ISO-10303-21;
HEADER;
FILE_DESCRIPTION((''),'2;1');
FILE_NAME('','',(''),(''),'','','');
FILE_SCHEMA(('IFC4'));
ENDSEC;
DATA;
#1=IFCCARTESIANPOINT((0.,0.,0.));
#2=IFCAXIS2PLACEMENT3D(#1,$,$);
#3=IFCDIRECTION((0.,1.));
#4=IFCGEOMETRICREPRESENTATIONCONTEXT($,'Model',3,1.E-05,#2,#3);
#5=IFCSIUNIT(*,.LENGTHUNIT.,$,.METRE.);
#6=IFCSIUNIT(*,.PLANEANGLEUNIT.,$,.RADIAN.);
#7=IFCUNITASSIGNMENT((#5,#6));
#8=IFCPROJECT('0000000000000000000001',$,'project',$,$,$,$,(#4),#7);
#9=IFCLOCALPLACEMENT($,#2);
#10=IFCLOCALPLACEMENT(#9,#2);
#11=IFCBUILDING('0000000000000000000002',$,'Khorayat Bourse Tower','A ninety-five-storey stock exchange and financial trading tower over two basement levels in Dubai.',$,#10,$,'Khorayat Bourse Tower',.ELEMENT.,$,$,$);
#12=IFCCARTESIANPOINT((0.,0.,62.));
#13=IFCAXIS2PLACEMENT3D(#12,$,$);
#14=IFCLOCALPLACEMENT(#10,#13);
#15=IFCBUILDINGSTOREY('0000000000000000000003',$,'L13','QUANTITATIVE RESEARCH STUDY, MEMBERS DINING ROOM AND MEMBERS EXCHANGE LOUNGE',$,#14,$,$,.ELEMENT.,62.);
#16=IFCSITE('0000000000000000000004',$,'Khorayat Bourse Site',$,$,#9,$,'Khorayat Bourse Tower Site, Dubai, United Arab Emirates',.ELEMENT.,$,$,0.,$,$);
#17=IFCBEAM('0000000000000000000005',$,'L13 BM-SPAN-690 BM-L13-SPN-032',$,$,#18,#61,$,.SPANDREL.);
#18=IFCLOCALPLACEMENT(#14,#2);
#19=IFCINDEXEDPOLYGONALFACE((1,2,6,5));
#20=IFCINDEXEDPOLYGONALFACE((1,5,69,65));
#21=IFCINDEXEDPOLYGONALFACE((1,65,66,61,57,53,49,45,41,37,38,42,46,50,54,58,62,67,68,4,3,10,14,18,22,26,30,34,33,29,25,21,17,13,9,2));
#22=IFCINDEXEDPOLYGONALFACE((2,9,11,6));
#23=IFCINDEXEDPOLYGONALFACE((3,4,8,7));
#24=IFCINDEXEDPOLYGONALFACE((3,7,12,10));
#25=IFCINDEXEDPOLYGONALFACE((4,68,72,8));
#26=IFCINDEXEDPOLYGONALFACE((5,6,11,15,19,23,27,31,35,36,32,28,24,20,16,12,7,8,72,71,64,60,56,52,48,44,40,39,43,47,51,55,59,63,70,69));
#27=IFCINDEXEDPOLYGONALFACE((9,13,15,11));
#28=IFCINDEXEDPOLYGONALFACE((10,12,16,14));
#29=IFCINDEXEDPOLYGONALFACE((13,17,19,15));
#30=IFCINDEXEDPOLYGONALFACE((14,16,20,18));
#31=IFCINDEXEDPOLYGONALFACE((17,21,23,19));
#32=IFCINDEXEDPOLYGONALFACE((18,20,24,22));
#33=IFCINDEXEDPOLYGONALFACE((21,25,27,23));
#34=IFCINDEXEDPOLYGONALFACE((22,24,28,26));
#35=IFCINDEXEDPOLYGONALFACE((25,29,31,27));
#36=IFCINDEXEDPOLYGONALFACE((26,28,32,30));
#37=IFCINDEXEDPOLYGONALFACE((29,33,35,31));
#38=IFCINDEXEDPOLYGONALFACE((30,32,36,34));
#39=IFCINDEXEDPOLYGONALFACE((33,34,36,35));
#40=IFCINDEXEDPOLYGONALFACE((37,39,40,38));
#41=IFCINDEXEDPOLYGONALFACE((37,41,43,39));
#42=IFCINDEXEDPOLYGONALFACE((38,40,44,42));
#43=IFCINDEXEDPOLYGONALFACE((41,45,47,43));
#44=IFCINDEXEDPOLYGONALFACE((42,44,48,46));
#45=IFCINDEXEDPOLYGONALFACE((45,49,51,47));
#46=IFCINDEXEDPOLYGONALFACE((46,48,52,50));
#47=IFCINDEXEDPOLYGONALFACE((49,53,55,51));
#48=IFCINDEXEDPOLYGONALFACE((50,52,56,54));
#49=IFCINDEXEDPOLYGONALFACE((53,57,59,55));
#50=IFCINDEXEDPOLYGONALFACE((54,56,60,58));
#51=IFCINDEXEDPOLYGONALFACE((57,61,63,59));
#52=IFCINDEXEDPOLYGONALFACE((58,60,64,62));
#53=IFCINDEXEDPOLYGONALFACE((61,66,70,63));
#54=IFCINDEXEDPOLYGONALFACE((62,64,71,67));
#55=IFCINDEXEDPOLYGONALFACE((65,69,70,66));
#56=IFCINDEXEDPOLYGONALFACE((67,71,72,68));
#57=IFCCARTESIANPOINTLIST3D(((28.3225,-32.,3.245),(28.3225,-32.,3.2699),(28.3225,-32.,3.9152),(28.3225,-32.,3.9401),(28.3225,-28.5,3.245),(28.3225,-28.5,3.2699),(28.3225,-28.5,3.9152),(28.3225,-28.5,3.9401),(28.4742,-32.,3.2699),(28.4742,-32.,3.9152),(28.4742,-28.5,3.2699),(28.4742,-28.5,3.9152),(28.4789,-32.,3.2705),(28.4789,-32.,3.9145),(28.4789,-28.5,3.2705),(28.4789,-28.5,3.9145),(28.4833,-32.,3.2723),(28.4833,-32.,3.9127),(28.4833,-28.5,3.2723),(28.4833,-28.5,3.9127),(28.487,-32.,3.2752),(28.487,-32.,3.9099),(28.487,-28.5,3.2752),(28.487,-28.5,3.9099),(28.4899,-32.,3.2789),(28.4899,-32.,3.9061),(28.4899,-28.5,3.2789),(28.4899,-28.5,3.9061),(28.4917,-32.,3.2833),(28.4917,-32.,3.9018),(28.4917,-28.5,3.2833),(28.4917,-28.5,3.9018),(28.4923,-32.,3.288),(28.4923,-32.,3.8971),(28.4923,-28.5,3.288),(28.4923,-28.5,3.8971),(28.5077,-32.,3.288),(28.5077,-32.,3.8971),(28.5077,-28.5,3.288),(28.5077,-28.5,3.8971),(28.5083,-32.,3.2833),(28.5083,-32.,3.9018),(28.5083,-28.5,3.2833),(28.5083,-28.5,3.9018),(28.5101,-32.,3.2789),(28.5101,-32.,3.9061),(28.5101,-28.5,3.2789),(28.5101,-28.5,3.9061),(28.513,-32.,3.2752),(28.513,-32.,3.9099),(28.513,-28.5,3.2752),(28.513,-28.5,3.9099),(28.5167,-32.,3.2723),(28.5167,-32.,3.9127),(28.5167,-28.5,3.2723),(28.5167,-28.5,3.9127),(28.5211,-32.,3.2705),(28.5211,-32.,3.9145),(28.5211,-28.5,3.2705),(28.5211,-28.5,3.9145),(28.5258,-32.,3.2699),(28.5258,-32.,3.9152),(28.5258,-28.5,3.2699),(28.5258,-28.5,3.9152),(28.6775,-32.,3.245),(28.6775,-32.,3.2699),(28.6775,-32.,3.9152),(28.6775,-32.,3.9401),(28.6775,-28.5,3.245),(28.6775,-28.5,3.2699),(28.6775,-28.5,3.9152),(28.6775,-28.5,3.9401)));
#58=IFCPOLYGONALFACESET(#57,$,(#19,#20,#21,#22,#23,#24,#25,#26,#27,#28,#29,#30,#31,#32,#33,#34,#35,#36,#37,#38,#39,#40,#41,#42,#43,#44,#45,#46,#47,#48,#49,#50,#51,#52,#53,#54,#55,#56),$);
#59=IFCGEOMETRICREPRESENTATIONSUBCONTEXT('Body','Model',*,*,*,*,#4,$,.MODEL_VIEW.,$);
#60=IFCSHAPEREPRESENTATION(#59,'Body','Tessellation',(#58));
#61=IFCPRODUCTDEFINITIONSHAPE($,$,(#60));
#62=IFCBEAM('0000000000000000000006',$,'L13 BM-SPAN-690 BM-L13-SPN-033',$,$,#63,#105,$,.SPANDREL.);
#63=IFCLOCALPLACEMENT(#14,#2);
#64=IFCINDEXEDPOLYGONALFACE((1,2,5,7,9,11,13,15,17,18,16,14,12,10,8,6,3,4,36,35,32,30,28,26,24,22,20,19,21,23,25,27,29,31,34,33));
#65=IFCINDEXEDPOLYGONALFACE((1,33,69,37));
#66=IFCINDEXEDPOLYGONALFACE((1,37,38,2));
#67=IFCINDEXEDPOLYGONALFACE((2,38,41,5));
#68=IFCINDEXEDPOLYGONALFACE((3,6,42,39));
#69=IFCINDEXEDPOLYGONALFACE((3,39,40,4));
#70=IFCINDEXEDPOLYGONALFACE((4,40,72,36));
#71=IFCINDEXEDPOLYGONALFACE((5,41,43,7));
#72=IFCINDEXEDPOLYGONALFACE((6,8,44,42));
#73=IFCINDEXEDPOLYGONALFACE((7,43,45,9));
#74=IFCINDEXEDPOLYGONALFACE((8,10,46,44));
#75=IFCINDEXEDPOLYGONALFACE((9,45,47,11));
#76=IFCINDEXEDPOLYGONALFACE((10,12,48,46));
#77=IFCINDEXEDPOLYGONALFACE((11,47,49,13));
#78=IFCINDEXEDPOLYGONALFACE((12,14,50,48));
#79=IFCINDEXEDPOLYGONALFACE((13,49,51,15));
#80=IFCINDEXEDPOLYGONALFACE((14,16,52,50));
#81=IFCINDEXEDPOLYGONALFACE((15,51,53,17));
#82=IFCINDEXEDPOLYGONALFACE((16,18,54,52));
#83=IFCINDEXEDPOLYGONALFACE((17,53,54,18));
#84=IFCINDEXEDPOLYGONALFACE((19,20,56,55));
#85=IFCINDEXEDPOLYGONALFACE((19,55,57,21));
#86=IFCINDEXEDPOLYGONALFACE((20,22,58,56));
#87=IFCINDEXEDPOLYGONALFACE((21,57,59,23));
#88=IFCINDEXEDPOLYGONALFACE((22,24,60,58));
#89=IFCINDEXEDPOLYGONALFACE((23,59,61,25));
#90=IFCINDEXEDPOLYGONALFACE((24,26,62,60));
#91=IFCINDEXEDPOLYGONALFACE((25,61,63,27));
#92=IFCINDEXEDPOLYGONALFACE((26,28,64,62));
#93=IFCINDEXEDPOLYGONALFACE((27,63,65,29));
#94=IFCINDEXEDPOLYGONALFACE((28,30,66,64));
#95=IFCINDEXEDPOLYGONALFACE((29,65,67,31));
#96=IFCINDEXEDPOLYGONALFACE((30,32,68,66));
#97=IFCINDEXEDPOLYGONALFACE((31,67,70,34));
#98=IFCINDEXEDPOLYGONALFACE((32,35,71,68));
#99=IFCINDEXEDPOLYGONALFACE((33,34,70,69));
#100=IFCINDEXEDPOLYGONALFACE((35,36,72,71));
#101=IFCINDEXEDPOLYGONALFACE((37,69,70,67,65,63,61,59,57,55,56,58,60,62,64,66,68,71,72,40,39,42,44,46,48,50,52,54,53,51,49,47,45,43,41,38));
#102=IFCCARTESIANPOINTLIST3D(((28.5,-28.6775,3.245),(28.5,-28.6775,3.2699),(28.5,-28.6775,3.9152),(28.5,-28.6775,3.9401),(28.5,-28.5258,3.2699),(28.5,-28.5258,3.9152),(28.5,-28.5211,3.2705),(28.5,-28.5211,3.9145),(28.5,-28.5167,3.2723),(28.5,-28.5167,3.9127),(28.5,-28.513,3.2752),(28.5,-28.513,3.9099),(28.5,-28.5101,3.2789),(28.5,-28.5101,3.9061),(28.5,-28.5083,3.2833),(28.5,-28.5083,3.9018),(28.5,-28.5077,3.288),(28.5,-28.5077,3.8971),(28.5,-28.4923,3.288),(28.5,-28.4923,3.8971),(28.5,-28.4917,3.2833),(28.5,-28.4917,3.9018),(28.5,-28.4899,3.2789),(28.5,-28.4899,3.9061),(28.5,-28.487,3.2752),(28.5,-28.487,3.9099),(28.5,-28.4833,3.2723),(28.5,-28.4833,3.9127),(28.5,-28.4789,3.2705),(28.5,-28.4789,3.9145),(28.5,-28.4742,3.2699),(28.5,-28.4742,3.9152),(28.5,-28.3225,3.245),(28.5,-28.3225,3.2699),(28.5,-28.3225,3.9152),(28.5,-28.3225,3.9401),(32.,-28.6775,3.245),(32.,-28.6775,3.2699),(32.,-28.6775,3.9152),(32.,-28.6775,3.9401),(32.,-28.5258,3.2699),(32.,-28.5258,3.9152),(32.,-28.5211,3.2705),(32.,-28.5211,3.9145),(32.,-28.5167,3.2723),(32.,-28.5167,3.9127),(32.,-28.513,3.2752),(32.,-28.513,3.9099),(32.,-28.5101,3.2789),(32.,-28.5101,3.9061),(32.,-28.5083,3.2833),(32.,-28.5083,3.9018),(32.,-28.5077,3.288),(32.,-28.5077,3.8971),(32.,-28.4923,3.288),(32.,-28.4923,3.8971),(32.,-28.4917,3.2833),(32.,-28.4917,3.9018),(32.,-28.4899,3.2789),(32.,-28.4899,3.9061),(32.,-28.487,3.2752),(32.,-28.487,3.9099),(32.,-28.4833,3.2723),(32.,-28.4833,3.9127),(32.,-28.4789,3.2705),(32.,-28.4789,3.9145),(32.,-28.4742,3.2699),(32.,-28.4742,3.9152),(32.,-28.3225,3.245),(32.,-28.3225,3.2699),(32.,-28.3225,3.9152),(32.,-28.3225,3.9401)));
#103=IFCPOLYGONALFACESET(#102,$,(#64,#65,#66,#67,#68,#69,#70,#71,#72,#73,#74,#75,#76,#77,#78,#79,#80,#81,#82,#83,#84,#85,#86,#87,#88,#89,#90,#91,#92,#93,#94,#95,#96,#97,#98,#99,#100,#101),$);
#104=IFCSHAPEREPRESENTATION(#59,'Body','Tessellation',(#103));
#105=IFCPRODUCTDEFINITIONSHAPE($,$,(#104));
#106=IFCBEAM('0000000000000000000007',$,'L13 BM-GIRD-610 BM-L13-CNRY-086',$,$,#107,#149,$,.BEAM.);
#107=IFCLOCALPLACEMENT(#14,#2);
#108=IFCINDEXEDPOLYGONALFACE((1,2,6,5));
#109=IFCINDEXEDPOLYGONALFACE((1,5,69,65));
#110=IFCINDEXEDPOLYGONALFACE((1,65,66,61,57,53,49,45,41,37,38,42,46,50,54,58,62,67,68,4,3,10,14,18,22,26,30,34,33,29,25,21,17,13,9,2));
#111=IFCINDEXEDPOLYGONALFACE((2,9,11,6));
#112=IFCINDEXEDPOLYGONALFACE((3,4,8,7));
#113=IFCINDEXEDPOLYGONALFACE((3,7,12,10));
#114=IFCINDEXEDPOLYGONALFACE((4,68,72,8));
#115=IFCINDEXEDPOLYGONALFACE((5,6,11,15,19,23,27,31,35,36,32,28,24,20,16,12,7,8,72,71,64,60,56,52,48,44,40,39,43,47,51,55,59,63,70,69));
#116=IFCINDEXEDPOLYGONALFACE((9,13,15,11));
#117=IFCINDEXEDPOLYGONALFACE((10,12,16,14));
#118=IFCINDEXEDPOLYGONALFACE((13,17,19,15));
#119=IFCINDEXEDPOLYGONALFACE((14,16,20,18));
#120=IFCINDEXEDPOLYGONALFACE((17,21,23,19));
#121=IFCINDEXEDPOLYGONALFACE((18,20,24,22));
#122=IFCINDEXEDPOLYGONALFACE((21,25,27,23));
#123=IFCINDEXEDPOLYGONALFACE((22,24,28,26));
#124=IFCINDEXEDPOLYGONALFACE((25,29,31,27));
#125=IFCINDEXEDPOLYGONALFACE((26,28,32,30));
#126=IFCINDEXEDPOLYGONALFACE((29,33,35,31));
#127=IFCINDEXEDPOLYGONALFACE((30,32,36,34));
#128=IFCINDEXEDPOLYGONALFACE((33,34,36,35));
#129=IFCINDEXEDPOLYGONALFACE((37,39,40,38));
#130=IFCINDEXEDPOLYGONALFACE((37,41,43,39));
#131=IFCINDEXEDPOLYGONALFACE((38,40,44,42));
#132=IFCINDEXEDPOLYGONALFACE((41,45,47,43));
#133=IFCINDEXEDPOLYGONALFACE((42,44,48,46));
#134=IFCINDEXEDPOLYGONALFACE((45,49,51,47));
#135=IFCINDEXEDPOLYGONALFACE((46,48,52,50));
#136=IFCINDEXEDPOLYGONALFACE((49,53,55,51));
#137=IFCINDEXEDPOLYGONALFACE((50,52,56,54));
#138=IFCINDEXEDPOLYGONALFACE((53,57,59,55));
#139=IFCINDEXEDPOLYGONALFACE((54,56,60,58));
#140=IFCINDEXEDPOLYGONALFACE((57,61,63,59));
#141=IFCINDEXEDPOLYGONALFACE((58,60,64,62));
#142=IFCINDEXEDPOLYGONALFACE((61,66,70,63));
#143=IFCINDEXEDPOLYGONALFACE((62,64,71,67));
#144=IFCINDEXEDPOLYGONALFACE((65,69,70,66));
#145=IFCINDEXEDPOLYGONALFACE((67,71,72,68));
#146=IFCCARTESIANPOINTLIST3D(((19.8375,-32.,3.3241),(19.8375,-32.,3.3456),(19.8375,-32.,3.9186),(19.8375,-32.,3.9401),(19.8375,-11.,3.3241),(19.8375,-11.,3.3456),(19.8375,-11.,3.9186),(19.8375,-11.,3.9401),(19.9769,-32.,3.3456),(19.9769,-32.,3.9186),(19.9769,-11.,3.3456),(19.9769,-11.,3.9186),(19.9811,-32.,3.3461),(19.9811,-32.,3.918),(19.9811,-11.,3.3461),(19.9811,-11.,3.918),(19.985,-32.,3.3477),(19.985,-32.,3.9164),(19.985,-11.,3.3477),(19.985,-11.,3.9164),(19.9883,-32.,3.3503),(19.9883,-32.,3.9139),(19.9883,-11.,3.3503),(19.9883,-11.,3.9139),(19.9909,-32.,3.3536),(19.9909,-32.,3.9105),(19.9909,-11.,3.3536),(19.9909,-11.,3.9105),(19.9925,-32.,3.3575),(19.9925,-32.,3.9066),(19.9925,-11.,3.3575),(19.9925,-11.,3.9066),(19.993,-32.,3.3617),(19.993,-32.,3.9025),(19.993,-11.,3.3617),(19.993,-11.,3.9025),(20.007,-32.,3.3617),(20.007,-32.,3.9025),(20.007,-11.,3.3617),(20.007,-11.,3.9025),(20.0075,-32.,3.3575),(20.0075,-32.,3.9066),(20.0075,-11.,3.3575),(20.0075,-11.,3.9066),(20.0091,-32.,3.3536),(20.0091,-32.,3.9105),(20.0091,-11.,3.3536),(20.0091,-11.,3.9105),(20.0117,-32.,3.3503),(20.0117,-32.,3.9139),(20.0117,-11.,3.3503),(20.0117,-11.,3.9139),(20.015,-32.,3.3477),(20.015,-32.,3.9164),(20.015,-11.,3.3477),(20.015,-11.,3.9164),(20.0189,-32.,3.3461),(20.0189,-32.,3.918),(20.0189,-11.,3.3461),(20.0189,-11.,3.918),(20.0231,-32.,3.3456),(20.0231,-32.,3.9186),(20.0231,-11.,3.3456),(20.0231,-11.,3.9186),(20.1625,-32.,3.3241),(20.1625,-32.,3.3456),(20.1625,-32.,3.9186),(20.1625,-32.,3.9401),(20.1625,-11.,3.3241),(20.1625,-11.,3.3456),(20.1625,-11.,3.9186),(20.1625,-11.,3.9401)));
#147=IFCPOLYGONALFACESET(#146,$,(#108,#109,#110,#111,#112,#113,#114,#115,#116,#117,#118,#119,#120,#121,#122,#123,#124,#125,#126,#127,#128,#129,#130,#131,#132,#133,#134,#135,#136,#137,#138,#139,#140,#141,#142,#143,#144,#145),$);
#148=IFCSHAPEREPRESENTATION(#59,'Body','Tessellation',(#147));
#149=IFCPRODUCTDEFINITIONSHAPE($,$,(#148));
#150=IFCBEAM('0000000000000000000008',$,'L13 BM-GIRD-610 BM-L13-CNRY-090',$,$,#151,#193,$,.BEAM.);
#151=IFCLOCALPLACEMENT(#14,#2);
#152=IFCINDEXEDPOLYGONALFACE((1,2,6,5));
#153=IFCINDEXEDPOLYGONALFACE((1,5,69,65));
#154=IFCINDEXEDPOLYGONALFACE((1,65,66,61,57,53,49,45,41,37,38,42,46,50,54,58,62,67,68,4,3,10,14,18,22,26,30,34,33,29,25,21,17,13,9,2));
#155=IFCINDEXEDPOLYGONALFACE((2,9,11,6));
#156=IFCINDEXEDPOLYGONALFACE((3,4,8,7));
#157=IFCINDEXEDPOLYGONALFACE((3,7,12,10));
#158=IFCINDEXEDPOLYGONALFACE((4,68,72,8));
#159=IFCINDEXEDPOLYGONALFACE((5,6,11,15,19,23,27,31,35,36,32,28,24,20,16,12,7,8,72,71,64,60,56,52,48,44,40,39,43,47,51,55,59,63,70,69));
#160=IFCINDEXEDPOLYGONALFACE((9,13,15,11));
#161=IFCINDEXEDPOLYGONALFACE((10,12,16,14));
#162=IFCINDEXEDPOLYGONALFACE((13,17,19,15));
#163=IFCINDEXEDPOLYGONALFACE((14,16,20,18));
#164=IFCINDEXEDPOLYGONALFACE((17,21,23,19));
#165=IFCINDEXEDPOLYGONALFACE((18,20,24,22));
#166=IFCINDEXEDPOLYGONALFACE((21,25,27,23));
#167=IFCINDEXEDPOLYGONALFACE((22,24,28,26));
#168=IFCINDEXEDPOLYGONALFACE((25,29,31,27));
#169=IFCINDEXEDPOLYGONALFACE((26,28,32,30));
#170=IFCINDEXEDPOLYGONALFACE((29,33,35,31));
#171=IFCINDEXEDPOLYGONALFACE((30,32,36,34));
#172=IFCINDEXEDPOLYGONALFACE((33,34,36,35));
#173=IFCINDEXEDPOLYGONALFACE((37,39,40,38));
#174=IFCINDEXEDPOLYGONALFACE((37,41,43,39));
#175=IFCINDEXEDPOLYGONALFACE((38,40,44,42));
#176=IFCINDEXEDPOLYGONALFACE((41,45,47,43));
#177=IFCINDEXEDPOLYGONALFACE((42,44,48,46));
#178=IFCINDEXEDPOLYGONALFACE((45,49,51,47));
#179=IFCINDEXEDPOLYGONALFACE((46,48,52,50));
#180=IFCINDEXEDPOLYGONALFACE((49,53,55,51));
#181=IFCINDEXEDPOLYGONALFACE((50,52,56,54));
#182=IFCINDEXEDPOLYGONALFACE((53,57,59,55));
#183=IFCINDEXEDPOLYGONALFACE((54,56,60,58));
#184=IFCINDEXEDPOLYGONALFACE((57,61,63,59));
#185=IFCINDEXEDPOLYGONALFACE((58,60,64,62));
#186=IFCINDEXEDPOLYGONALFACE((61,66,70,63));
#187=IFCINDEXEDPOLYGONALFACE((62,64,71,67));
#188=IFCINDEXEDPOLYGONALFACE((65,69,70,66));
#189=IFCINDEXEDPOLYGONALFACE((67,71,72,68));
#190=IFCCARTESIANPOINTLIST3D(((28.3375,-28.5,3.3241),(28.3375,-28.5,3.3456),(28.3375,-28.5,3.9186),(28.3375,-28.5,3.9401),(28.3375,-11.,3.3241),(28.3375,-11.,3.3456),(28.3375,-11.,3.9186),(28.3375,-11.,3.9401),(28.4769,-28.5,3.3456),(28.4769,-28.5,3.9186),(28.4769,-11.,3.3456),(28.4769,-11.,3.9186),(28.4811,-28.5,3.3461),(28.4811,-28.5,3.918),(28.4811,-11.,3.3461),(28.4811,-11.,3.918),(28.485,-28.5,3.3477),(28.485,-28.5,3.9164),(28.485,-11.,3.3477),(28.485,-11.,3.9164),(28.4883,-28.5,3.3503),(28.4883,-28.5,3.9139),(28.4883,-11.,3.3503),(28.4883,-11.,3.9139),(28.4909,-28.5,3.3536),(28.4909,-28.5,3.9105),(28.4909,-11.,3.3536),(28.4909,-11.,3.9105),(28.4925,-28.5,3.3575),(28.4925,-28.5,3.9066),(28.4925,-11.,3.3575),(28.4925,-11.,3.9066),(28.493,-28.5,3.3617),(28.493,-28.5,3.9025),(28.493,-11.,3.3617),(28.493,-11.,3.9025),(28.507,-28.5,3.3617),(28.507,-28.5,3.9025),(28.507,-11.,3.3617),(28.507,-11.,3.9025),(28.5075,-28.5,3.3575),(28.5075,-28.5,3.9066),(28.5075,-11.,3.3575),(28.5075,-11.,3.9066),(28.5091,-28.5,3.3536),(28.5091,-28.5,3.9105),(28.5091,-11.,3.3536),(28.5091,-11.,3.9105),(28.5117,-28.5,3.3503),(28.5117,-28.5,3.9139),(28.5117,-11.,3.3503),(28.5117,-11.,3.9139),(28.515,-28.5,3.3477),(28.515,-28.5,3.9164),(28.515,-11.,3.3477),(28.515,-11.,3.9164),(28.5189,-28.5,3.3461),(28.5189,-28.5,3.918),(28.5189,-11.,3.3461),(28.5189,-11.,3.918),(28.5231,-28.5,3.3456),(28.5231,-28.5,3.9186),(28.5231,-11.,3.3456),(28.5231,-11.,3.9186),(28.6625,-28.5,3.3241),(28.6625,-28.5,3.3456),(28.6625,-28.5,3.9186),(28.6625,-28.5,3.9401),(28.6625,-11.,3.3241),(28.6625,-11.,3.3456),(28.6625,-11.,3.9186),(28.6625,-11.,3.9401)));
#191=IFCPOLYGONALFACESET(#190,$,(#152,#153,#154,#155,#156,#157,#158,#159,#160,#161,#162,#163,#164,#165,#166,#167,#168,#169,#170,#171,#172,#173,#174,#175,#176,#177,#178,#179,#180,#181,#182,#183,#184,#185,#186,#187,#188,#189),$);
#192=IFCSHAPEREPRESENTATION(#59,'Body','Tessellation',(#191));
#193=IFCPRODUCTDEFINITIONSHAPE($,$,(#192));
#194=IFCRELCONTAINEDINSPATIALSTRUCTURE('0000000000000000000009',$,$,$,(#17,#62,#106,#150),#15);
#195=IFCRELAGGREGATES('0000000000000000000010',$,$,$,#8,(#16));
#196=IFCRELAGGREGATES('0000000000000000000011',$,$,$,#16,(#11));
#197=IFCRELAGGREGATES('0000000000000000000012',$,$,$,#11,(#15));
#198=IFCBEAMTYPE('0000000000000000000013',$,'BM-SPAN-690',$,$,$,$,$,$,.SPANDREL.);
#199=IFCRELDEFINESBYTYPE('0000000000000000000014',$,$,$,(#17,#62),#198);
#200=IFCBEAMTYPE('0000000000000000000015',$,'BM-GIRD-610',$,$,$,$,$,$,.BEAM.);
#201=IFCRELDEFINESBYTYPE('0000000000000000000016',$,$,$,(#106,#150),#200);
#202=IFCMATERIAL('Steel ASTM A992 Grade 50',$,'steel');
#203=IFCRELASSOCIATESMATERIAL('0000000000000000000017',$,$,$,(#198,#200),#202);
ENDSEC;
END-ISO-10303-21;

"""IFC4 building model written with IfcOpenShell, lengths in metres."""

from ifc_helpers import new_model, si_unit, direction, frame, origin, origin_2d, place, context, subcontext, project, spatial, i_section, extrude, source, transform, mapped, material, material_profile, profile_set, type_object, element, save


model = new_model("IFC4")

# Units and contexts
model_context = context("Model", 3, precision=1e-05, world=origin(), true_north=direction((0.0, 1.0)))
body_context = subcontext(model_context, "Body", "Model", "MODEL_VIEW")
ifc_project = project(units=[si_unit("LENGTHUNIT", "METRE"), si_unit("PLANEANGLEUNIT", "RADIAN")], contexts=[model_context])

# Site, building, storey
site_placement = place(None, origin())
site = spatial("IfcSite", under=ifc_project, at=site_placement, Name="Khorayat Bourse Site", LongName="Khorayat Bourse Tower Site, Dubai, United Arab Emirates", CompositionType="ELEMENT", RefElevation=0.0)
building_placement = place(site_placement, origin())
building = spatial("IfcBuilding", under=site, at=building_placement, Name="Khorayat Bourse Tower", Description="A ninety-five-storey stock exchange and financial trading tower over two basement levels in Dubai.", LongName="Khorayat Bourse Tower", CompositionType="ELEMENT")
storey_placement = place(building_placement, frame((0.0, 0.0, 62.0)))
storey = spatial("IfcBuildingStorey", under=building, at=storey_placement, Name="L13", Description="QUANTITATIVE RESEARCH STUDY, MEMBERS DINING ROOM AND MEMBERS EXCHANGE LOUNGE", CompositionType="ELEMENT", Elevation=62.0)

# Beams
ifc_material_1 = material(Name="Steel ASTM A992 Grade 50", Category="steel")
ifc_material_profile_1 = material_profile(ifc_material_1, i_section(OverallWidth=0.355, OverallDepth=0.6951, WebThickness=0.0154, FlangeThickness=0.0249, FilletRadius=0.0181, at=origin_2d()), Name="W690X217")
ifc_profile_set_1 = profile_set([ifc_material_profile_1], Name="Steel ASTM A992 Grade 50")
beam_type_1 = type_object("IfcBeamType", Name="BM-SPAN-690", PredefinedType="SPANDREL", material=ifc_profile_set_1)
shared_shape_1 = source(origin(), body_context, "Body", "SweptSolid", [
    extrude(i_section(OverallWidth=0.355, OverallDepth=0.6951, WebThickness=0.0154, FlangeThickness=0.0249, FilletRadius=0.0181, at=origin_2d()), origin(), (0.0, 0.0, 1.0), 3.5),
])
for number, where, z_axis, x_axis, name in (
    (1, (28.5, -32.0, 3.5925), (0.0, 1.0, 0.0), (-1.0, 0.0, 0.0), "L13 BM-SPAN-690 BM-L13-SPN-032"),
    (2, (28.5, -28.5, 3.5925), (1.0, 0.0, 0.0), (0.0, 1.0, 0.0), "L13 BM-SPAN-690 BM-L13-SPN-033"),
):
    element("IfcBeam", number, at=place(storey_placement, frame(where, z_axis=z_axis, x_axis=x_axis)), inside=storey, type_object=beam_type_1, Name=name, PredefinedType="SPANDREL", context=body_context, shape_type="MappedRepresentation", body=[
        mapped(shared_shape_1, transform((0.0, 0.0, 0.0), scale=1.0)),
    ])
ifc_material_profile_2 = material_profile(ifc_material_1, i_section(OverallWidth=0.325, OverallDepth=0.616, WebThickness=0.0139, FlangeThickness=0.0215, FilletRadius=0.0161, at=origin_2d()), Name="W610X174")
ifc_profile_set_2 = profile_set([ifc_material_profile_2], Name="Steel ASTM A992 Grade 50")
beam_type_2 = type_object("IfcBeamType", Name="BM-GIRD-610", PredefinedType="BEAM", material=ifc_profile_set_2)
shared_shape_2 = source(origin(), body_context, "Body", "SweptSolid", [
    extrude(i_section(OverallWidth=0.325, OverallDepth=0.616, WebThickness=0.0139, FlangeThickness=0.0215, FilletRadius=0.0161, at=origin_2d()), origin(), (0.0, 0.0, 1.0), 21.0),
])
beam_1_placement = place(storey_placement, frame((20.0, -32.0, 3.6321), z_axis=(0.0, 1.0, 0.0), x_axis=(-1.0, 0.0, 0.0)))
element("IfcBeam", 3, at=beam_1_placement, inside=storey, type_object=beam_type_2, Name="L13 BM-GIRD-610 BM-L13-CNRY-086", PredefinedType="BEAM", context=body_context, shape_type="MappedRepresentation", body=[
    mapped(shared_shape_2, transform((0.0, 0.0, 0.0), scale=1.0)),
])
shared_shape_3 = source(origin(), body_context, "Body", "SweptSolid", [
    extrude(i_section(OverallWidth=0.325, OverallDepth=0.616, WebThickness=0.0139, FlangeThickness=0.0215, FilletRadius=0.0161, at=origin_2d()), origin(), (0.0, 0.0, 1.0), 17.5),
])
beam_2_placement = place(storey_placement, frame((28.5, -28.5, 3.6321), z_axis=(0.0, 1.0, 0.0), x_axis=(-1.0, 0.0, 0.0)))
element("IfcBeam", 4, at=beam_2_placement, inside=storey, type_object=beam_type_2, Name="L13 BM-GIRD-610 BM-L13-CNRY-090", PredefinedType="BEAM", context=body_context, shape_type="MappedRepresentation", body=[
    mapped(shared_shape_3, transform((0.0, 0.0, 0.0), scale=1.0)),
])

save(model, "model.ifc")
